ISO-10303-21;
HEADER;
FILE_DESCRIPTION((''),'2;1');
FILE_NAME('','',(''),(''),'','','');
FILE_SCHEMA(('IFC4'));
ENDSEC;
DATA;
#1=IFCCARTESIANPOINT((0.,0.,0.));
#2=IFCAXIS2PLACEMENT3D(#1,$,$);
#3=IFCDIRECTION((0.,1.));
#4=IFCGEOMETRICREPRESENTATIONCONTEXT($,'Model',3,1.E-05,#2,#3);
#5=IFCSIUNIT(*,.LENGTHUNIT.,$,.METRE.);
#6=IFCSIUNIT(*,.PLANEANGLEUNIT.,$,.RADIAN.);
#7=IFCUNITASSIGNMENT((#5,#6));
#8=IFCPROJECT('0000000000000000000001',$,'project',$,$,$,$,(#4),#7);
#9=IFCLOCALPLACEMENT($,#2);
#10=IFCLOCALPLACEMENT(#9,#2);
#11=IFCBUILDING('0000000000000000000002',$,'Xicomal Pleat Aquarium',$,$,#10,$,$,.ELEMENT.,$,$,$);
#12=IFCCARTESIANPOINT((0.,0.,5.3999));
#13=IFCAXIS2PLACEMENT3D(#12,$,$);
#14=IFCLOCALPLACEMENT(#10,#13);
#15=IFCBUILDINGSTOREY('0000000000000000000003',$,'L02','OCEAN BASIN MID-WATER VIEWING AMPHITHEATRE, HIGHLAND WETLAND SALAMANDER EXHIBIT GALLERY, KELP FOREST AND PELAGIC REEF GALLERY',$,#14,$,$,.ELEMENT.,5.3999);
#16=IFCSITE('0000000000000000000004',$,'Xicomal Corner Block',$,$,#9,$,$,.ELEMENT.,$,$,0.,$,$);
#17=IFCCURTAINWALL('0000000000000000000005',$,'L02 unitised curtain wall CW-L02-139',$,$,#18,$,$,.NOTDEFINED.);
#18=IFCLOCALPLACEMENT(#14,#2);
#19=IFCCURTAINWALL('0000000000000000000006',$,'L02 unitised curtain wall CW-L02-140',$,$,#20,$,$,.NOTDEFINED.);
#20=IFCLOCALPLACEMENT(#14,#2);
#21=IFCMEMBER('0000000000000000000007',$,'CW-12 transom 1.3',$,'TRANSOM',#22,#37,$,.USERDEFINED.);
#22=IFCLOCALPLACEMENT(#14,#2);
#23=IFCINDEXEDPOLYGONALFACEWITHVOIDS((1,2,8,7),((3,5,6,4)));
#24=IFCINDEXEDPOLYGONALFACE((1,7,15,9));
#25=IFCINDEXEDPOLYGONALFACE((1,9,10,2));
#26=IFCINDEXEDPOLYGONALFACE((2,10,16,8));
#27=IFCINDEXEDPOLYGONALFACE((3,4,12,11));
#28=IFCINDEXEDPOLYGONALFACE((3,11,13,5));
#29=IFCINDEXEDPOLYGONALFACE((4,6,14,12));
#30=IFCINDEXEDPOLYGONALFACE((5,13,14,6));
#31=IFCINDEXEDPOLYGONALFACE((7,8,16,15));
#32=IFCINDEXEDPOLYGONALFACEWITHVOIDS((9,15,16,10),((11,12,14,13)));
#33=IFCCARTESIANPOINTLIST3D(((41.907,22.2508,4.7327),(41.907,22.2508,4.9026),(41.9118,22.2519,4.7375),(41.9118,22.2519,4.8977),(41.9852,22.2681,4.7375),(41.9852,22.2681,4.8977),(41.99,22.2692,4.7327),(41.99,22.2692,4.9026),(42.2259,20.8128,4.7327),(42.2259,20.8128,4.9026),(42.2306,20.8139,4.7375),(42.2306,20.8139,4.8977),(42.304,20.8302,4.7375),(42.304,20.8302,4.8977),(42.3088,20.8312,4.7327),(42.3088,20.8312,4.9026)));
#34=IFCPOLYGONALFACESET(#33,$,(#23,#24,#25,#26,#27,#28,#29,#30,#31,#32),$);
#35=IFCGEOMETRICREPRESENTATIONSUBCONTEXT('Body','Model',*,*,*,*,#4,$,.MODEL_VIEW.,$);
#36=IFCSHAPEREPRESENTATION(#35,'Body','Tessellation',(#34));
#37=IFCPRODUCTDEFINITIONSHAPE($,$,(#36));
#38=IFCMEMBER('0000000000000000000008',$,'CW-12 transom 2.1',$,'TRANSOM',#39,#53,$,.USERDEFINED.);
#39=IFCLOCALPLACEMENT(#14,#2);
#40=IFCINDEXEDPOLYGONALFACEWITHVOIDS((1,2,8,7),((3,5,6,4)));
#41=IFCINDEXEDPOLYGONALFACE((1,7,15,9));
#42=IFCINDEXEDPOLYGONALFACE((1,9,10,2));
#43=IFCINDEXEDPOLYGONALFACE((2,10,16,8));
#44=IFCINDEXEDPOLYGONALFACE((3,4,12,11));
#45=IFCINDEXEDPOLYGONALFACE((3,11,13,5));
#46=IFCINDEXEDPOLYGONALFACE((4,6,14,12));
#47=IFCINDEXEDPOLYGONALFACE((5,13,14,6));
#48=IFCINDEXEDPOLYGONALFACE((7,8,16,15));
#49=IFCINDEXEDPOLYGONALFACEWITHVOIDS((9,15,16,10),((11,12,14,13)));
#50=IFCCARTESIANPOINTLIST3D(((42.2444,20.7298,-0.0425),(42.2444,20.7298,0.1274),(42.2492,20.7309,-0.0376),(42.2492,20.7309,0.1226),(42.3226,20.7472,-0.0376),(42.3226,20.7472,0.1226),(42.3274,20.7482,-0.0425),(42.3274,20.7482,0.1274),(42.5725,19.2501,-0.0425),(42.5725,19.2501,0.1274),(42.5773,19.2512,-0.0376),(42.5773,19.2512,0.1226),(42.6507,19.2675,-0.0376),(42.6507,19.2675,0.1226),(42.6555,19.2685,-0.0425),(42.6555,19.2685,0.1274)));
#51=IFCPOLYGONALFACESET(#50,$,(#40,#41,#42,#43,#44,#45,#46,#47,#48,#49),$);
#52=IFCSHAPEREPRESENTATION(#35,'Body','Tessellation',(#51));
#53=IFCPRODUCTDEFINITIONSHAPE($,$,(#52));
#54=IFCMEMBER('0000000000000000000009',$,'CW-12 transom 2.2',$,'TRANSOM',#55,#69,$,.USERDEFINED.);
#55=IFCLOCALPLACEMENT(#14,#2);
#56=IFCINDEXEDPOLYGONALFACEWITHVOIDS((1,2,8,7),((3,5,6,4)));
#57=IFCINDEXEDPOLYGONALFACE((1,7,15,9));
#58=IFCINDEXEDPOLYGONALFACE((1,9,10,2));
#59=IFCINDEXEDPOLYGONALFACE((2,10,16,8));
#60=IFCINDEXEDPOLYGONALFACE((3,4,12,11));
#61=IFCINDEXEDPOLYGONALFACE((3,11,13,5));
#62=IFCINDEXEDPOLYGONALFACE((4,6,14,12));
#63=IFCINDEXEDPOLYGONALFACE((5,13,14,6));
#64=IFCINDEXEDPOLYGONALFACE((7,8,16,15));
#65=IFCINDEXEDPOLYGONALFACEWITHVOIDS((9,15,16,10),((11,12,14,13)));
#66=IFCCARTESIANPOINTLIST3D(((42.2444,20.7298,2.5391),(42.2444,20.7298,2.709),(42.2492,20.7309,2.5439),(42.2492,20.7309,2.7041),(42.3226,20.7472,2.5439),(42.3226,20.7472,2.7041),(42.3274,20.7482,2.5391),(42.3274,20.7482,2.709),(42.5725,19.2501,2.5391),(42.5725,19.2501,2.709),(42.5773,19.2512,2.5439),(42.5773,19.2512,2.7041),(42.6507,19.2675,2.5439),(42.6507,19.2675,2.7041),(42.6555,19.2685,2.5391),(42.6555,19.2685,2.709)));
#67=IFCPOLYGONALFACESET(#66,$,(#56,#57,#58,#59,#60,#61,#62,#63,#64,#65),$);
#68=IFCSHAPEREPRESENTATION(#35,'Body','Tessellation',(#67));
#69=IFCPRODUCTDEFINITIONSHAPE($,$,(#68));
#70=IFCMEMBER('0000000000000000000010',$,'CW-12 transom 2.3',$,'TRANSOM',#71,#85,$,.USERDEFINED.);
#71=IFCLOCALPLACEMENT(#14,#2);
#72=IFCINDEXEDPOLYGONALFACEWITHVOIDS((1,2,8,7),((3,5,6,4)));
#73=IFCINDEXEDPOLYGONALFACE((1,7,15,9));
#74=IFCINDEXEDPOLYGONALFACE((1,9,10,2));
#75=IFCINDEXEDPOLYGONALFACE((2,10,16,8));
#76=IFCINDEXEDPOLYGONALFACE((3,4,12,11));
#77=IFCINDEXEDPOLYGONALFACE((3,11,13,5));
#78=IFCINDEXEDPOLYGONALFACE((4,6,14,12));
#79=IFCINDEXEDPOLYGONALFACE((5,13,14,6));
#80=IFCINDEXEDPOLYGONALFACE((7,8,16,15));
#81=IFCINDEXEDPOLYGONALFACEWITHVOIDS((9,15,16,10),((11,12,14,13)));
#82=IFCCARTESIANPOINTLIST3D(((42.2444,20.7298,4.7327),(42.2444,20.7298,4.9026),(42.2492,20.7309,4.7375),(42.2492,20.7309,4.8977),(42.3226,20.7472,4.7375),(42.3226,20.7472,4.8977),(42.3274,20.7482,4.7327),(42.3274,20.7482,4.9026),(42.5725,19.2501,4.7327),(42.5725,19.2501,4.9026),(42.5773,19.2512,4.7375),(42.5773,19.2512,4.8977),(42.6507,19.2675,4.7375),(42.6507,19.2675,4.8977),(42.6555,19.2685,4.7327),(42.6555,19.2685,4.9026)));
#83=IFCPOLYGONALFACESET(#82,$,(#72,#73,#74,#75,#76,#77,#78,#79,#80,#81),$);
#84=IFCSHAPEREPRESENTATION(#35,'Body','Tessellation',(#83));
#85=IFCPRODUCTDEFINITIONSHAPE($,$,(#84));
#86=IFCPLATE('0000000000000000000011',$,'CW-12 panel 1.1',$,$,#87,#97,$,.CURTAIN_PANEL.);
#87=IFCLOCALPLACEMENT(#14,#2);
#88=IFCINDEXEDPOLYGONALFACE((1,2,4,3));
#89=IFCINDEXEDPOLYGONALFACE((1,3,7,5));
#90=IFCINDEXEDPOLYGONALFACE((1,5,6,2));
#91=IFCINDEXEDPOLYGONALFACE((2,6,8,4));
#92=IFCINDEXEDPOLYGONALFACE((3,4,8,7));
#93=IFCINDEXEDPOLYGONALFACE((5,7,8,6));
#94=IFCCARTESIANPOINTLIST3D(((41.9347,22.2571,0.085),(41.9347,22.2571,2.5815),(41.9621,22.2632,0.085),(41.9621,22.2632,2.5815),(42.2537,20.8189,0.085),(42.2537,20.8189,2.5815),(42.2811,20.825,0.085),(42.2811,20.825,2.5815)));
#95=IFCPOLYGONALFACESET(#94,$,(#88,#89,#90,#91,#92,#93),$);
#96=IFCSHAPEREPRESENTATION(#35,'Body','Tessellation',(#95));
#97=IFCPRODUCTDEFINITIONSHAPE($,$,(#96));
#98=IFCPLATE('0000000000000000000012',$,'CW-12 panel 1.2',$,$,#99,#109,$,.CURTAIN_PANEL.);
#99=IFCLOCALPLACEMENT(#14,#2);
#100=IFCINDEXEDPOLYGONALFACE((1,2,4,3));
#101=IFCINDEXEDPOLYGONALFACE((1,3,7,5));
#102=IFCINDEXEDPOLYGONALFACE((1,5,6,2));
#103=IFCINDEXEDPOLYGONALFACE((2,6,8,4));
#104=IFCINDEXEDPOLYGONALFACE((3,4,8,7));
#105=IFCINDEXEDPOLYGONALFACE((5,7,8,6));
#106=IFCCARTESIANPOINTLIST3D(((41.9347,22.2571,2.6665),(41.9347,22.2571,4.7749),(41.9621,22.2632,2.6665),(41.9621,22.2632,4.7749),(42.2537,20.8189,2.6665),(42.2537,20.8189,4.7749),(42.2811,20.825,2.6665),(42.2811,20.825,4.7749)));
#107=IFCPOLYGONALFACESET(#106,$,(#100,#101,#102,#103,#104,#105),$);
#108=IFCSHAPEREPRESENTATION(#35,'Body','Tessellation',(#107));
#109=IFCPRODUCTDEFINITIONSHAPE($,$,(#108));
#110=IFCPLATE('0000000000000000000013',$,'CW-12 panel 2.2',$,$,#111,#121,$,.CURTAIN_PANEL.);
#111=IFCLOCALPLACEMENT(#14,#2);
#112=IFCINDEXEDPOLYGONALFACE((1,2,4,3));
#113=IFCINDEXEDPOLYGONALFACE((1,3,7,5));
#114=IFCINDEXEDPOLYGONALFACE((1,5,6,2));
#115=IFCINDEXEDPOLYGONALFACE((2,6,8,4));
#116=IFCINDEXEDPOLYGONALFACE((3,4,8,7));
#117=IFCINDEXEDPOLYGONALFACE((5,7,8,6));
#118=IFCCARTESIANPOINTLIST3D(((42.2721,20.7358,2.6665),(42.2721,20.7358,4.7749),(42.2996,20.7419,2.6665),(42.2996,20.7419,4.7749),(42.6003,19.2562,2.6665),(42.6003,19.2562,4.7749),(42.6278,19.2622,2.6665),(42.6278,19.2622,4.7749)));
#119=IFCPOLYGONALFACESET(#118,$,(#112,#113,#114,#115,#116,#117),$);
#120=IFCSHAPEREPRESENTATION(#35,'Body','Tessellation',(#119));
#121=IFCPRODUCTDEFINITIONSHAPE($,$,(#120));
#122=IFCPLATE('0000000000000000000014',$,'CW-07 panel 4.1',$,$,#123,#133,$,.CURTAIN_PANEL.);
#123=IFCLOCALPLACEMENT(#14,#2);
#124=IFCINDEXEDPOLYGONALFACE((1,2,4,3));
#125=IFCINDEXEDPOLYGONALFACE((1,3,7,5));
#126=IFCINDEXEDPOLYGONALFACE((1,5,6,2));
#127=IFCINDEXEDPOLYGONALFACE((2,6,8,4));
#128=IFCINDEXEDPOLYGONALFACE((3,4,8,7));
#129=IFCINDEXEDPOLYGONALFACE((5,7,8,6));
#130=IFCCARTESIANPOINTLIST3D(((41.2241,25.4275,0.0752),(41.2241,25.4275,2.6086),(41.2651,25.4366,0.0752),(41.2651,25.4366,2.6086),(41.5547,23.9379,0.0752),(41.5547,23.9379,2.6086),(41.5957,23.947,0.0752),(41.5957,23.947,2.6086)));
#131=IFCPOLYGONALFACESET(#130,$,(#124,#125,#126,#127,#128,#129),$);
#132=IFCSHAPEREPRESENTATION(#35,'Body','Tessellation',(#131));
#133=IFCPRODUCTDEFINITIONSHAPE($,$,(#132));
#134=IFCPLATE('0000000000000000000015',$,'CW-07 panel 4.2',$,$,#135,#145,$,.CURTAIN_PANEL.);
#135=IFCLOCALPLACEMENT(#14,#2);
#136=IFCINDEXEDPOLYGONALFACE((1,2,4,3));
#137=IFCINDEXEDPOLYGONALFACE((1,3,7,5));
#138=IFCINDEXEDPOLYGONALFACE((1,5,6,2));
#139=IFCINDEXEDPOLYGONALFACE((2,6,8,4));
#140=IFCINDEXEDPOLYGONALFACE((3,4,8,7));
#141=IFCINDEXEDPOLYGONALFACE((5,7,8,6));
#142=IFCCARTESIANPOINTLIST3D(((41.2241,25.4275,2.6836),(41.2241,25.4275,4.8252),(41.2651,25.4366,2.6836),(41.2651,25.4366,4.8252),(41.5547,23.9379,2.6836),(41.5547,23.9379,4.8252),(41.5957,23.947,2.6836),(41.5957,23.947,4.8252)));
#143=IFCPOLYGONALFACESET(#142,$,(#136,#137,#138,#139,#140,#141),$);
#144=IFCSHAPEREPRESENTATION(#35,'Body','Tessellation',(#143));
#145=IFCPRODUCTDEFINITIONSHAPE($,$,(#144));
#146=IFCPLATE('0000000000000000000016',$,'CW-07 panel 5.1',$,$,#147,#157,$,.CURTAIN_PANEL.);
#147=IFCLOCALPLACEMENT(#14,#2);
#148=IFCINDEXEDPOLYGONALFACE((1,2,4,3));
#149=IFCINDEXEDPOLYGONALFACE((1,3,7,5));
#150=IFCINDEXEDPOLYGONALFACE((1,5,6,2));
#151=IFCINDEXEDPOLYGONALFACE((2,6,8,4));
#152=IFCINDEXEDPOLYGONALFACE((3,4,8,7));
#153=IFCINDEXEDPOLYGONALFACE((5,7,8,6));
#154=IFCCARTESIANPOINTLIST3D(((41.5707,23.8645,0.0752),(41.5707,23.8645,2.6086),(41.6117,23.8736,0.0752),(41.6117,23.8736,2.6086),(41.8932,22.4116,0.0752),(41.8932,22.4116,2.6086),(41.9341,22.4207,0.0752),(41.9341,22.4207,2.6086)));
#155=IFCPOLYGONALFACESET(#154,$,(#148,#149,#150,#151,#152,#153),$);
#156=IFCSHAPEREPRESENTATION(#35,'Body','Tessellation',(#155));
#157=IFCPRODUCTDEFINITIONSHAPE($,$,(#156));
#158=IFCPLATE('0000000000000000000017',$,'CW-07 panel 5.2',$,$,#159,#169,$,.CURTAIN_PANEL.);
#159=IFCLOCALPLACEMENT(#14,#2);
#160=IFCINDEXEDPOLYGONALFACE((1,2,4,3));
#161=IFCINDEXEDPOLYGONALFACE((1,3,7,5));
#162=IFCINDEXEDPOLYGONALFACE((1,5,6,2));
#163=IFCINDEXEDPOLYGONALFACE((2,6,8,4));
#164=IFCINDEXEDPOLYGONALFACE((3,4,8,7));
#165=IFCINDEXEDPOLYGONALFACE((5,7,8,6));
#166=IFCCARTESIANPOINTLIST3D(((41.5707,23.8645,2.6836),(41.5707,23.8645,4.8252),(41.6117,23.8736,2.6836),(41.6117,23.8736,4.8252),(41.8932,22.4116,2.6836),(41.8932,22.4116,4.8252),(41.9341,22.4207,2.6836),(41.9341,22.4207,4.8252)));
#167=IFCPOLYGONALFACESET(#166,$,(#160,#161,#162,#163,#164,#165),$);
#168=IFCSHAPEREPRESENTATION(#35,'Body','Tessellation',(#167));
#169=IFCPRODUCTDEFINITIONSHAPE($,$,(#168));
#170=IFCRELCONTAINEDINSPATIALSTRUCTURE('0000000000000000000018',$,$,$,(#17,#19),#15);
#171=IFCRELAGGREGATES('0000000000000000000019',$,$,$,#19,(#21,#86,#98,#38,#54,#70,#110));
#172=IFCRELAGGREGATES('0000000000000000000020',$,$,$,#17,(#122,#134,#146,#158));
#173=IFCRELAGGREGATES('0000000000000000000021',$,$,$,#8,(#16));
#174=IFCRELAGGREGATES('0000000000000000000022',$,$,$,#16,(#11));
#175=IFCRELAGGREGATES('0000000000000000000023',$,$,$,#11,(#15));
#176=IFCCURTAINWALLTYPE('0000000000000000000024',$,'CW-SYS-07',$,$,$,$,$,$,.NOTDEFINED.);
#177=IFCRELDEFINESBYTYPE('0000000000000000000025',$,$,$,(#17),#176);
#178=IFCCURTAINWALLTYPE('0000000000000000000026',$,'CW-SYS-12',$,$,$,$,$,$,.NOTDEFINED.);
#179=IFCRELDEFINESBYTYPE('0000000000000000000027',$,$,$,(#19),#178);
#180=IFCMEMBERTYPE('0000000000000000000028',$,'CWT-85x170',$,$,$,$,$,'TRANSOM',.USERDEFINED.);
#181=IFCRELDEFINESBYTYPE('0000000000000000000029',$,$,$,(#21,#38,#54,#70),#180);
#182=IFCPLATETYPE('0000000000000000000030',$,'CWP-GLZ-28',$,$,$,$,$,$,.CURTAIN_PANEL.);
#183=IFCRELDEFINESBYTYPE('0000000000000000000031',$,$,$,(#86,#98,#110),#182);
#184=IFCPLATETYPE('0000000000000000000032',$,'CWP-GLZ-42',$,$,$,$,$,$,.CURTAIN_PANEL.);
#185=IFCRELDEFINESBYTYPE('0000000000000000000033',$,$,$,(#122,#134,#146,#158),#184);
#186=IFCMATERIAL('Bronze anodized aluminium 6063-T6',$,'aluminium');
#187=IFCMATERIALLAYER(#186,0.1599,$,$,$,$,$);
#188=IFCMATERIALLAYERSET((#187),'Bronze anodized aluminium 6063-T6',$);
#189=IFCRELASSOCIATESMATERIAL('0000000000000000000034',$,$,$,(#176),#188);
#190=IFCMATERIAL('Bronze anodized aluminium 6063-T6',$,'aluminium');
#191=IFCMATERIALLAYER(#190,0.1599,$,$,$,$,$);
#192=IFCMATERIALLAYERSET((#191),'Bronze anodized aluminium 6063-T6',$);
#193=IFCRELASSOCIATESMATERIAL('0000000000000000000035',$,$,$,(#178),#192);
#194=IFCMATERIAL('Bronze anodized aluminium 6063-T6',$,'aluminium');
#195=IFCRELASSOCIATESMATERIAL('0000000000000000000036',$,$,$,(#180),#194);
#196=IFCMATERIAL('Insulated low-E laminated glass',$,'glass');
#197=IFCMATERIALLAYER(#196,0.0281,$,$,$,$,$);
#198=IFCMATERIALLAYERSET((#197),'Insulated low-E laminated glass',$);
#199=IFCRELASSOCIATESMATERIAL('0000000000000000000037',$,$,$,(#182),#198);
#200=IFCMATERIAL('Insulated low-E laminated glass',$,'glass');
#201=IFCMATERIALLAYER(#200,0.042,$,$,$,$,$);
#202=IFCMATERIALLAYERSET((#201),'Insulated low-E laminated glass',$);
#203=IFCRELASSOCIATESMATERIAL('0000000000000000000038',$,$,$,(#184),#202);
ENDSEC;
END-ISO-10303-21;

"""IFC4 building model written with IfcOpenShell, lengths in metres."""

from ifc_helpers import new_model, si_unit, direction, frame, origin, origin_2d, place, context, subcontext, project, spatial, rectangle, hollow_rectangle, extrude, material, layer, layer_set, material_profile, profile_set, type_object, element, aggregate, save


model = new_model("IFC4")

# Units and contexts
model_context = context("Model", 3, precision=1e-05, world=origin(), true_north=direction((0.0, 1.0)))
body_context = subcontext(model_context, "Body", "Model", "MODEL_VIEW")
ifc_project = project(units=[si_unit("LENGTHUNIT", "METRE"), si_unit("PLANEANGLEUNIT", "RADIAN")], contexts=[model_context])

# Site, building, storey
site_placement = place(None, origin())
site = spatial("IfcSite", under=ifc_project, at=site_placement, Name="Xicomal Corner Block", CompositionType="ELEMENT", RefElevation=0.0)
building_placement = place(site_placement, origin())
building = spatial("IfcBuilding", under=site, at=building_placement, Name="Xicomal Pleat Aquarium", CompositionType="ELEMENT")
storey_placement = place(building_placement, frame((0.0, 0.0, 5.3999)))
storey = spatial("IfcBuildingStorey", under=building, at=storey_placement, Name="L02", Description="OCEAN BASIN MID-WATER VIEWING AMPHITHEATRE, HIGHLAND WETLAND SALAMANDER EXHIBIT GALLERY, KELP FOREST AND PELAGIC REEF GALLERY", CompositionType="ELEMENT", Elevation=5.3999)

# Curtain wall
ifc_material_1 = material(Name="Bronze anodized aluminium 6063-T6", Category="aluminium")
ifc_layer_1 = layer(ifc_material_1, 0.1599)
ifc_layer_set_1 = layer_set([ifc_layer_1], Name="Bronze anodized aluminium 6063-T6")
curtain_wall_type_1 = type_object("IfcCurtainWallType", Name="CW-SYS-07", PredefinedType="NOTDEFINED", material=ifc_layer_set_1)
curtain_wall_1_placement = place(storey_placement, origin())
curtain_wall_1 = element("IfcCurtainWall", 1, at=curtain_wall_1_placement, inside=storey, type_object=curtain_wall_type_1, Name="L02 unitised curtain wall CW-L02-139", PredefinedType="NOTDEFINED")

# Curtain wall
ifc_material_2 = material(Name="Bronze anodized aluminium 6063-T6", Category="aluminium")
ifc_layer_2 = layer(ifc_material_2, 0.1599)
ifc_layer_set_2 = layer_set([ifc_layer_2], Name="Bronze anodized aluminium 6063-T6")
curtain_wall_type_2 = type_object("IfcCurtainWallType", Name="CW-SYS-12", PredefinedType="NOTDEFINED", material=ifc_layer_set_2)
curtain_wall_2_placement = place(storey_placement, origin())
curtain_wall_2 = element("IfcCurtainWall", 2, at=curtain_wall_2_placement, inside=storey, type_object=curtain_wall_type_2, Name="L02 unitised curtain wall CW-L02-140", PredefinedType="NOTDEFINED")

# Members
ifc_material_3 = material(Name="Bronze anodized aluminium 6063-T6", Category="aluminium")
ifc_material_profile_1 = material_profile(ifc_material_3, hollow_rectangle(XDim=0.085, YDim=0.1699, WallThickness=0.0049, at=origin_2d()), Name="ALU TRAN 85x170")
ifc_profile_set_1 = profile_set([ifc_material_profile_1], Name="Bronze anodized aluminium 6063-T6")
member_type_1 = type_object("IfcMemberType", Name="CWT-85x170", ElementType="TRANSOM", PredefinedType="USERDEFINED", material=ifc_profile_set_1)
member_1_placement = place(storey_placement, frame((41.9485, 22.26, 4.8176), z_axis=(0.216474, -0.976288, 0.0), x_axis=(0.976288, 0.216474, 0.0)))
member_1 = element("IfcMember", 3, at=member_1_placement, type_object=member_type_1, Name="CW-12 transom 1.3", ObjectType="TRANSOM", PredefinedType="USERDEFINED", context=body_context, shape_type="SweptSolid", body=[
    extrude(hollow_rectangle(XDim=0.085, YDim=0.1699, WallThickness=0.0049, at=origin_2d()), origin(), (0.0, 0.0, 1.0), 1.4729),
])
member_2_placement = place(storey_placement, frame((42.2859, 20.739, 0.0425), z_axis=(0.216487, -0.976286, 0.0), x_axis=(0.976286, 0.216487, 0.0)))
member_2 = element("IfcMember", 4, at=member_2_placement, type_object=member_type_1, Name="CW-12 transom 2.1", ObjectType="TRANSOM", PredefinedType="USERDEFINED", context=body_context, shape_type="SweptSolid", body=[
    extrude(hollow_rectangle(XDim=0.085, YDim=0.1699, WallThickness=0.0049, at=origin_2d()), origin(), (0.0, 0.0, 1.0), 1.5156),
])
member_3_placement = place(storey_placement, frame((42.2859, 20.739, 2.624), z_axis=(0.216487, -0.976286, 0.0), x_axis=(0.976286, 0.216487, 0.0)))
member_3 = element("IfcMember", 5, at=member_3_placement, type_object=member_type_1, Name="CW-12 transom 2.2", ObjectType="TRANSOM", PredefinedType="USERDEFINED", context=body_context, shape_type="SweptSolid", body=[
    extrude(hollow_rectangle(XDim=0.085, YDim=0.1699, WallThickness=0.0049, at=origin_2d()), origin(), (0.0, 0.0, 1.0), 1.5156),
])
member_4_placement = place(storey_placement, frame((42.2859, 20.739, 4.8176), z_axis=(0.216487, -0.976286, 0.0), x_axis=(0.976286, 0.216487, 0.0)))
member_4 = element("IfcMember", 6, at=member_4_placement, type_object=member_type_1, Name="CW-12 transom 2.3", ObjectType="TRANSOM", PredefinedType="USERDEFINED", context=body_context, shape_type="SweptSolid", body=[
    extrude(hollow_rectangle(XDim=0.085, YDim=0.1699, WallThickness=0.0049, at=origin_2d()), origin(), (0.0, 0.0, 1.0), 1.5156),
])

# Plates
ifc_material_4 = material(Name="Insulated low-E laminated glass", Category="glass")
ifc_layer_3 = layer(ifc_material_4, 0.0281)
ifc_layer_set_3 = layer_set([ifc_layer_3], Name="Insulated low-E laminated glass")
plate_type_1 = type_object("IfcPlateType", Name="CWP-GLZ-28", PredefinedType="CURTAIN_PANEL", material=ifc_layer_set_3)
plate_1_placement = place(storey_placement, frame((42.1079, 21.541, 0.085), z_axis=(0.0, 0.0, 1.0), x_axis=(0.216547, -0.976272, 0.0)))
plate_1 = element("IfcPlate", 7, at=plate_1_placement, type_object=plate_type_1, Name="CW-12 panel 1.1", PredefinedType="CURTAIN_PANEL", context=body_context, shape_type="SweptSolid", body=[
    extrude(rectangle(XDim=1.4731, YDim=0.0281, at=origin_2d()), origin(), (0.0, 0.0, 1.0), 2.4966),
])
plate_2_placement = place(storey_placement, frame((42.1079, 21.541, 2.6665), z_axis=(0.0, 0.0, 1.0), x_axis=(0.216547, -0.976272, 0.0)))
plate_2 = element("IfcPlate", 8, at=plate_2_placement, type_object=plate_type_1, Name="CW-12 panel 1.2", PredefinedType="CURTAIN_PANEL", context=body_context, shape_type="SweptSolid", body=[
    extrude(rectangle(XDim=1.4731, YDim=0.0281, at=origin_2d()), origin(), (0.0, 0.0, 1.0), 2.1084),
])
plate_3_placement = place(storey_placement, frame((42.45, 19.999, 2.6665), z_axis=(0.0, 0.0, 1.0), x_axis=(0.216547, -0.976272, 0.0)))
plate_3 = element("IfcPlate", 9, at=plate_3_placement, type_object=plate_type_1, Name="CW-12 panel 2.2", PredefinedType="CURTAIN_PANEL", context=body_context, shape_type="SweptSolid", body=[
    extrude(rectangle(XDim=1.5156, YDim=0.0281, at=origin_2d()), origin(), (0.0, 0.0, 1.0), 2.1084),
])
aggregate(curtain_wall_2, [member_1, plate_1, plate_2, member_2, member_3, member_4, plate_3])
ifc_material_5 = material(Name="Insulated low-E laminated glass", Category="glass")
ifc_layer_4 = layer(ifc_material_5, 0.042)
ifc_layer_set_4 = layer_set([ifc_layer_4], Name="Insulated low-E laminated glass")
plate_type_2 = type_object("IfcPlateType", Name="CWP-GLZ-42", PredefinedType="CURTAIN_PANEL", material=ifc_layer_set_4)
plate_4_placement = place(storey_placement, frame((41.4099, 24.6873, 0.0752), z_axis=(0.0, 0.0, 1.0), x_axis=(0.216639, -0.976252, 0.0)))
plate_4 = element("IfcPlate", 10, at=plate_4_placement, type_object=plate_type_2, Name="CW-07 panel 4.1", PredefinedType="CURTAIN_PANEL", context=body_context, shape_type="SweptSolid", body=[
    extrude(rectangle(XDim=1.5259, YDim=0.042, at=origin_2d()), origin(), (0.0, 0.0, 1.0), 2.5334),
])
plate_5_placement = place(storey_placement, frame((41.4099, 24.6873, 2.6836), z_axis=(0.0, 0.0, 1.0), x_axis=(0.216639, -0.976252, 0.0)))
plate_5 = element("IfcPlate", 11, at=plate_5_placement, type_object=plate_type_2, Name="CW-07 panel 4.2", PredefinedType="CURTAIN_PANEL", context=body_context, shape_type="SweptSolid", body=[
    extrude(rectangle(XDim=1.5259, YDim=0.042, at=origin_2d()), origin(), (0.0, 0.0, 1.0), 2.1416),
])
plate_6_placement = place(storey_placement, frame((41.7524, 23.1426, 0.0752), z_axis=(0.0, 0.0, 1.0), x_axis=(0.216639, -0.976252, 0.0)))
plate_6 = element("IfcPlate", 12, at=plate_6_placement, type_object=plate_type_2, Name="CW-07 panel 5.1", PredefinedType="CURTAIN_PANEL", context=body_context, shape_type="SweptSolid", body=[
    extrude(rectangle(XDim=1.4883, YDim=0.042, at=origin_2d()), origin(), (0.0, 0.0, 1.0), 2.5334),
])
plate_7_placement = place(storey_placement, frame((41.7524, 23.1426, 2.6836), z_axis=(0.0, 0.0, 1.0), x_axis=(0.216639, -0.976252, 0.0)))
plate_7 = element("IfcPlate", 13, at=plate_7_placement, type_object=plate_type_2, Name="CW-07 panel 5.2", PredefinedType="CURTAIN_PANEL", context=body_context, shape_type="SweptSolid", body=[
    extrude(rectangle(XDim=1.4883, YDim=0.042, at=origin_2d()), origin(), (0.0, 0.0, 1.0), 2.1416),
])
aggregate(curtain_wall_1, [plate_4, plate_5, plate_6, plate_7])

save(model, "model.ifc")
